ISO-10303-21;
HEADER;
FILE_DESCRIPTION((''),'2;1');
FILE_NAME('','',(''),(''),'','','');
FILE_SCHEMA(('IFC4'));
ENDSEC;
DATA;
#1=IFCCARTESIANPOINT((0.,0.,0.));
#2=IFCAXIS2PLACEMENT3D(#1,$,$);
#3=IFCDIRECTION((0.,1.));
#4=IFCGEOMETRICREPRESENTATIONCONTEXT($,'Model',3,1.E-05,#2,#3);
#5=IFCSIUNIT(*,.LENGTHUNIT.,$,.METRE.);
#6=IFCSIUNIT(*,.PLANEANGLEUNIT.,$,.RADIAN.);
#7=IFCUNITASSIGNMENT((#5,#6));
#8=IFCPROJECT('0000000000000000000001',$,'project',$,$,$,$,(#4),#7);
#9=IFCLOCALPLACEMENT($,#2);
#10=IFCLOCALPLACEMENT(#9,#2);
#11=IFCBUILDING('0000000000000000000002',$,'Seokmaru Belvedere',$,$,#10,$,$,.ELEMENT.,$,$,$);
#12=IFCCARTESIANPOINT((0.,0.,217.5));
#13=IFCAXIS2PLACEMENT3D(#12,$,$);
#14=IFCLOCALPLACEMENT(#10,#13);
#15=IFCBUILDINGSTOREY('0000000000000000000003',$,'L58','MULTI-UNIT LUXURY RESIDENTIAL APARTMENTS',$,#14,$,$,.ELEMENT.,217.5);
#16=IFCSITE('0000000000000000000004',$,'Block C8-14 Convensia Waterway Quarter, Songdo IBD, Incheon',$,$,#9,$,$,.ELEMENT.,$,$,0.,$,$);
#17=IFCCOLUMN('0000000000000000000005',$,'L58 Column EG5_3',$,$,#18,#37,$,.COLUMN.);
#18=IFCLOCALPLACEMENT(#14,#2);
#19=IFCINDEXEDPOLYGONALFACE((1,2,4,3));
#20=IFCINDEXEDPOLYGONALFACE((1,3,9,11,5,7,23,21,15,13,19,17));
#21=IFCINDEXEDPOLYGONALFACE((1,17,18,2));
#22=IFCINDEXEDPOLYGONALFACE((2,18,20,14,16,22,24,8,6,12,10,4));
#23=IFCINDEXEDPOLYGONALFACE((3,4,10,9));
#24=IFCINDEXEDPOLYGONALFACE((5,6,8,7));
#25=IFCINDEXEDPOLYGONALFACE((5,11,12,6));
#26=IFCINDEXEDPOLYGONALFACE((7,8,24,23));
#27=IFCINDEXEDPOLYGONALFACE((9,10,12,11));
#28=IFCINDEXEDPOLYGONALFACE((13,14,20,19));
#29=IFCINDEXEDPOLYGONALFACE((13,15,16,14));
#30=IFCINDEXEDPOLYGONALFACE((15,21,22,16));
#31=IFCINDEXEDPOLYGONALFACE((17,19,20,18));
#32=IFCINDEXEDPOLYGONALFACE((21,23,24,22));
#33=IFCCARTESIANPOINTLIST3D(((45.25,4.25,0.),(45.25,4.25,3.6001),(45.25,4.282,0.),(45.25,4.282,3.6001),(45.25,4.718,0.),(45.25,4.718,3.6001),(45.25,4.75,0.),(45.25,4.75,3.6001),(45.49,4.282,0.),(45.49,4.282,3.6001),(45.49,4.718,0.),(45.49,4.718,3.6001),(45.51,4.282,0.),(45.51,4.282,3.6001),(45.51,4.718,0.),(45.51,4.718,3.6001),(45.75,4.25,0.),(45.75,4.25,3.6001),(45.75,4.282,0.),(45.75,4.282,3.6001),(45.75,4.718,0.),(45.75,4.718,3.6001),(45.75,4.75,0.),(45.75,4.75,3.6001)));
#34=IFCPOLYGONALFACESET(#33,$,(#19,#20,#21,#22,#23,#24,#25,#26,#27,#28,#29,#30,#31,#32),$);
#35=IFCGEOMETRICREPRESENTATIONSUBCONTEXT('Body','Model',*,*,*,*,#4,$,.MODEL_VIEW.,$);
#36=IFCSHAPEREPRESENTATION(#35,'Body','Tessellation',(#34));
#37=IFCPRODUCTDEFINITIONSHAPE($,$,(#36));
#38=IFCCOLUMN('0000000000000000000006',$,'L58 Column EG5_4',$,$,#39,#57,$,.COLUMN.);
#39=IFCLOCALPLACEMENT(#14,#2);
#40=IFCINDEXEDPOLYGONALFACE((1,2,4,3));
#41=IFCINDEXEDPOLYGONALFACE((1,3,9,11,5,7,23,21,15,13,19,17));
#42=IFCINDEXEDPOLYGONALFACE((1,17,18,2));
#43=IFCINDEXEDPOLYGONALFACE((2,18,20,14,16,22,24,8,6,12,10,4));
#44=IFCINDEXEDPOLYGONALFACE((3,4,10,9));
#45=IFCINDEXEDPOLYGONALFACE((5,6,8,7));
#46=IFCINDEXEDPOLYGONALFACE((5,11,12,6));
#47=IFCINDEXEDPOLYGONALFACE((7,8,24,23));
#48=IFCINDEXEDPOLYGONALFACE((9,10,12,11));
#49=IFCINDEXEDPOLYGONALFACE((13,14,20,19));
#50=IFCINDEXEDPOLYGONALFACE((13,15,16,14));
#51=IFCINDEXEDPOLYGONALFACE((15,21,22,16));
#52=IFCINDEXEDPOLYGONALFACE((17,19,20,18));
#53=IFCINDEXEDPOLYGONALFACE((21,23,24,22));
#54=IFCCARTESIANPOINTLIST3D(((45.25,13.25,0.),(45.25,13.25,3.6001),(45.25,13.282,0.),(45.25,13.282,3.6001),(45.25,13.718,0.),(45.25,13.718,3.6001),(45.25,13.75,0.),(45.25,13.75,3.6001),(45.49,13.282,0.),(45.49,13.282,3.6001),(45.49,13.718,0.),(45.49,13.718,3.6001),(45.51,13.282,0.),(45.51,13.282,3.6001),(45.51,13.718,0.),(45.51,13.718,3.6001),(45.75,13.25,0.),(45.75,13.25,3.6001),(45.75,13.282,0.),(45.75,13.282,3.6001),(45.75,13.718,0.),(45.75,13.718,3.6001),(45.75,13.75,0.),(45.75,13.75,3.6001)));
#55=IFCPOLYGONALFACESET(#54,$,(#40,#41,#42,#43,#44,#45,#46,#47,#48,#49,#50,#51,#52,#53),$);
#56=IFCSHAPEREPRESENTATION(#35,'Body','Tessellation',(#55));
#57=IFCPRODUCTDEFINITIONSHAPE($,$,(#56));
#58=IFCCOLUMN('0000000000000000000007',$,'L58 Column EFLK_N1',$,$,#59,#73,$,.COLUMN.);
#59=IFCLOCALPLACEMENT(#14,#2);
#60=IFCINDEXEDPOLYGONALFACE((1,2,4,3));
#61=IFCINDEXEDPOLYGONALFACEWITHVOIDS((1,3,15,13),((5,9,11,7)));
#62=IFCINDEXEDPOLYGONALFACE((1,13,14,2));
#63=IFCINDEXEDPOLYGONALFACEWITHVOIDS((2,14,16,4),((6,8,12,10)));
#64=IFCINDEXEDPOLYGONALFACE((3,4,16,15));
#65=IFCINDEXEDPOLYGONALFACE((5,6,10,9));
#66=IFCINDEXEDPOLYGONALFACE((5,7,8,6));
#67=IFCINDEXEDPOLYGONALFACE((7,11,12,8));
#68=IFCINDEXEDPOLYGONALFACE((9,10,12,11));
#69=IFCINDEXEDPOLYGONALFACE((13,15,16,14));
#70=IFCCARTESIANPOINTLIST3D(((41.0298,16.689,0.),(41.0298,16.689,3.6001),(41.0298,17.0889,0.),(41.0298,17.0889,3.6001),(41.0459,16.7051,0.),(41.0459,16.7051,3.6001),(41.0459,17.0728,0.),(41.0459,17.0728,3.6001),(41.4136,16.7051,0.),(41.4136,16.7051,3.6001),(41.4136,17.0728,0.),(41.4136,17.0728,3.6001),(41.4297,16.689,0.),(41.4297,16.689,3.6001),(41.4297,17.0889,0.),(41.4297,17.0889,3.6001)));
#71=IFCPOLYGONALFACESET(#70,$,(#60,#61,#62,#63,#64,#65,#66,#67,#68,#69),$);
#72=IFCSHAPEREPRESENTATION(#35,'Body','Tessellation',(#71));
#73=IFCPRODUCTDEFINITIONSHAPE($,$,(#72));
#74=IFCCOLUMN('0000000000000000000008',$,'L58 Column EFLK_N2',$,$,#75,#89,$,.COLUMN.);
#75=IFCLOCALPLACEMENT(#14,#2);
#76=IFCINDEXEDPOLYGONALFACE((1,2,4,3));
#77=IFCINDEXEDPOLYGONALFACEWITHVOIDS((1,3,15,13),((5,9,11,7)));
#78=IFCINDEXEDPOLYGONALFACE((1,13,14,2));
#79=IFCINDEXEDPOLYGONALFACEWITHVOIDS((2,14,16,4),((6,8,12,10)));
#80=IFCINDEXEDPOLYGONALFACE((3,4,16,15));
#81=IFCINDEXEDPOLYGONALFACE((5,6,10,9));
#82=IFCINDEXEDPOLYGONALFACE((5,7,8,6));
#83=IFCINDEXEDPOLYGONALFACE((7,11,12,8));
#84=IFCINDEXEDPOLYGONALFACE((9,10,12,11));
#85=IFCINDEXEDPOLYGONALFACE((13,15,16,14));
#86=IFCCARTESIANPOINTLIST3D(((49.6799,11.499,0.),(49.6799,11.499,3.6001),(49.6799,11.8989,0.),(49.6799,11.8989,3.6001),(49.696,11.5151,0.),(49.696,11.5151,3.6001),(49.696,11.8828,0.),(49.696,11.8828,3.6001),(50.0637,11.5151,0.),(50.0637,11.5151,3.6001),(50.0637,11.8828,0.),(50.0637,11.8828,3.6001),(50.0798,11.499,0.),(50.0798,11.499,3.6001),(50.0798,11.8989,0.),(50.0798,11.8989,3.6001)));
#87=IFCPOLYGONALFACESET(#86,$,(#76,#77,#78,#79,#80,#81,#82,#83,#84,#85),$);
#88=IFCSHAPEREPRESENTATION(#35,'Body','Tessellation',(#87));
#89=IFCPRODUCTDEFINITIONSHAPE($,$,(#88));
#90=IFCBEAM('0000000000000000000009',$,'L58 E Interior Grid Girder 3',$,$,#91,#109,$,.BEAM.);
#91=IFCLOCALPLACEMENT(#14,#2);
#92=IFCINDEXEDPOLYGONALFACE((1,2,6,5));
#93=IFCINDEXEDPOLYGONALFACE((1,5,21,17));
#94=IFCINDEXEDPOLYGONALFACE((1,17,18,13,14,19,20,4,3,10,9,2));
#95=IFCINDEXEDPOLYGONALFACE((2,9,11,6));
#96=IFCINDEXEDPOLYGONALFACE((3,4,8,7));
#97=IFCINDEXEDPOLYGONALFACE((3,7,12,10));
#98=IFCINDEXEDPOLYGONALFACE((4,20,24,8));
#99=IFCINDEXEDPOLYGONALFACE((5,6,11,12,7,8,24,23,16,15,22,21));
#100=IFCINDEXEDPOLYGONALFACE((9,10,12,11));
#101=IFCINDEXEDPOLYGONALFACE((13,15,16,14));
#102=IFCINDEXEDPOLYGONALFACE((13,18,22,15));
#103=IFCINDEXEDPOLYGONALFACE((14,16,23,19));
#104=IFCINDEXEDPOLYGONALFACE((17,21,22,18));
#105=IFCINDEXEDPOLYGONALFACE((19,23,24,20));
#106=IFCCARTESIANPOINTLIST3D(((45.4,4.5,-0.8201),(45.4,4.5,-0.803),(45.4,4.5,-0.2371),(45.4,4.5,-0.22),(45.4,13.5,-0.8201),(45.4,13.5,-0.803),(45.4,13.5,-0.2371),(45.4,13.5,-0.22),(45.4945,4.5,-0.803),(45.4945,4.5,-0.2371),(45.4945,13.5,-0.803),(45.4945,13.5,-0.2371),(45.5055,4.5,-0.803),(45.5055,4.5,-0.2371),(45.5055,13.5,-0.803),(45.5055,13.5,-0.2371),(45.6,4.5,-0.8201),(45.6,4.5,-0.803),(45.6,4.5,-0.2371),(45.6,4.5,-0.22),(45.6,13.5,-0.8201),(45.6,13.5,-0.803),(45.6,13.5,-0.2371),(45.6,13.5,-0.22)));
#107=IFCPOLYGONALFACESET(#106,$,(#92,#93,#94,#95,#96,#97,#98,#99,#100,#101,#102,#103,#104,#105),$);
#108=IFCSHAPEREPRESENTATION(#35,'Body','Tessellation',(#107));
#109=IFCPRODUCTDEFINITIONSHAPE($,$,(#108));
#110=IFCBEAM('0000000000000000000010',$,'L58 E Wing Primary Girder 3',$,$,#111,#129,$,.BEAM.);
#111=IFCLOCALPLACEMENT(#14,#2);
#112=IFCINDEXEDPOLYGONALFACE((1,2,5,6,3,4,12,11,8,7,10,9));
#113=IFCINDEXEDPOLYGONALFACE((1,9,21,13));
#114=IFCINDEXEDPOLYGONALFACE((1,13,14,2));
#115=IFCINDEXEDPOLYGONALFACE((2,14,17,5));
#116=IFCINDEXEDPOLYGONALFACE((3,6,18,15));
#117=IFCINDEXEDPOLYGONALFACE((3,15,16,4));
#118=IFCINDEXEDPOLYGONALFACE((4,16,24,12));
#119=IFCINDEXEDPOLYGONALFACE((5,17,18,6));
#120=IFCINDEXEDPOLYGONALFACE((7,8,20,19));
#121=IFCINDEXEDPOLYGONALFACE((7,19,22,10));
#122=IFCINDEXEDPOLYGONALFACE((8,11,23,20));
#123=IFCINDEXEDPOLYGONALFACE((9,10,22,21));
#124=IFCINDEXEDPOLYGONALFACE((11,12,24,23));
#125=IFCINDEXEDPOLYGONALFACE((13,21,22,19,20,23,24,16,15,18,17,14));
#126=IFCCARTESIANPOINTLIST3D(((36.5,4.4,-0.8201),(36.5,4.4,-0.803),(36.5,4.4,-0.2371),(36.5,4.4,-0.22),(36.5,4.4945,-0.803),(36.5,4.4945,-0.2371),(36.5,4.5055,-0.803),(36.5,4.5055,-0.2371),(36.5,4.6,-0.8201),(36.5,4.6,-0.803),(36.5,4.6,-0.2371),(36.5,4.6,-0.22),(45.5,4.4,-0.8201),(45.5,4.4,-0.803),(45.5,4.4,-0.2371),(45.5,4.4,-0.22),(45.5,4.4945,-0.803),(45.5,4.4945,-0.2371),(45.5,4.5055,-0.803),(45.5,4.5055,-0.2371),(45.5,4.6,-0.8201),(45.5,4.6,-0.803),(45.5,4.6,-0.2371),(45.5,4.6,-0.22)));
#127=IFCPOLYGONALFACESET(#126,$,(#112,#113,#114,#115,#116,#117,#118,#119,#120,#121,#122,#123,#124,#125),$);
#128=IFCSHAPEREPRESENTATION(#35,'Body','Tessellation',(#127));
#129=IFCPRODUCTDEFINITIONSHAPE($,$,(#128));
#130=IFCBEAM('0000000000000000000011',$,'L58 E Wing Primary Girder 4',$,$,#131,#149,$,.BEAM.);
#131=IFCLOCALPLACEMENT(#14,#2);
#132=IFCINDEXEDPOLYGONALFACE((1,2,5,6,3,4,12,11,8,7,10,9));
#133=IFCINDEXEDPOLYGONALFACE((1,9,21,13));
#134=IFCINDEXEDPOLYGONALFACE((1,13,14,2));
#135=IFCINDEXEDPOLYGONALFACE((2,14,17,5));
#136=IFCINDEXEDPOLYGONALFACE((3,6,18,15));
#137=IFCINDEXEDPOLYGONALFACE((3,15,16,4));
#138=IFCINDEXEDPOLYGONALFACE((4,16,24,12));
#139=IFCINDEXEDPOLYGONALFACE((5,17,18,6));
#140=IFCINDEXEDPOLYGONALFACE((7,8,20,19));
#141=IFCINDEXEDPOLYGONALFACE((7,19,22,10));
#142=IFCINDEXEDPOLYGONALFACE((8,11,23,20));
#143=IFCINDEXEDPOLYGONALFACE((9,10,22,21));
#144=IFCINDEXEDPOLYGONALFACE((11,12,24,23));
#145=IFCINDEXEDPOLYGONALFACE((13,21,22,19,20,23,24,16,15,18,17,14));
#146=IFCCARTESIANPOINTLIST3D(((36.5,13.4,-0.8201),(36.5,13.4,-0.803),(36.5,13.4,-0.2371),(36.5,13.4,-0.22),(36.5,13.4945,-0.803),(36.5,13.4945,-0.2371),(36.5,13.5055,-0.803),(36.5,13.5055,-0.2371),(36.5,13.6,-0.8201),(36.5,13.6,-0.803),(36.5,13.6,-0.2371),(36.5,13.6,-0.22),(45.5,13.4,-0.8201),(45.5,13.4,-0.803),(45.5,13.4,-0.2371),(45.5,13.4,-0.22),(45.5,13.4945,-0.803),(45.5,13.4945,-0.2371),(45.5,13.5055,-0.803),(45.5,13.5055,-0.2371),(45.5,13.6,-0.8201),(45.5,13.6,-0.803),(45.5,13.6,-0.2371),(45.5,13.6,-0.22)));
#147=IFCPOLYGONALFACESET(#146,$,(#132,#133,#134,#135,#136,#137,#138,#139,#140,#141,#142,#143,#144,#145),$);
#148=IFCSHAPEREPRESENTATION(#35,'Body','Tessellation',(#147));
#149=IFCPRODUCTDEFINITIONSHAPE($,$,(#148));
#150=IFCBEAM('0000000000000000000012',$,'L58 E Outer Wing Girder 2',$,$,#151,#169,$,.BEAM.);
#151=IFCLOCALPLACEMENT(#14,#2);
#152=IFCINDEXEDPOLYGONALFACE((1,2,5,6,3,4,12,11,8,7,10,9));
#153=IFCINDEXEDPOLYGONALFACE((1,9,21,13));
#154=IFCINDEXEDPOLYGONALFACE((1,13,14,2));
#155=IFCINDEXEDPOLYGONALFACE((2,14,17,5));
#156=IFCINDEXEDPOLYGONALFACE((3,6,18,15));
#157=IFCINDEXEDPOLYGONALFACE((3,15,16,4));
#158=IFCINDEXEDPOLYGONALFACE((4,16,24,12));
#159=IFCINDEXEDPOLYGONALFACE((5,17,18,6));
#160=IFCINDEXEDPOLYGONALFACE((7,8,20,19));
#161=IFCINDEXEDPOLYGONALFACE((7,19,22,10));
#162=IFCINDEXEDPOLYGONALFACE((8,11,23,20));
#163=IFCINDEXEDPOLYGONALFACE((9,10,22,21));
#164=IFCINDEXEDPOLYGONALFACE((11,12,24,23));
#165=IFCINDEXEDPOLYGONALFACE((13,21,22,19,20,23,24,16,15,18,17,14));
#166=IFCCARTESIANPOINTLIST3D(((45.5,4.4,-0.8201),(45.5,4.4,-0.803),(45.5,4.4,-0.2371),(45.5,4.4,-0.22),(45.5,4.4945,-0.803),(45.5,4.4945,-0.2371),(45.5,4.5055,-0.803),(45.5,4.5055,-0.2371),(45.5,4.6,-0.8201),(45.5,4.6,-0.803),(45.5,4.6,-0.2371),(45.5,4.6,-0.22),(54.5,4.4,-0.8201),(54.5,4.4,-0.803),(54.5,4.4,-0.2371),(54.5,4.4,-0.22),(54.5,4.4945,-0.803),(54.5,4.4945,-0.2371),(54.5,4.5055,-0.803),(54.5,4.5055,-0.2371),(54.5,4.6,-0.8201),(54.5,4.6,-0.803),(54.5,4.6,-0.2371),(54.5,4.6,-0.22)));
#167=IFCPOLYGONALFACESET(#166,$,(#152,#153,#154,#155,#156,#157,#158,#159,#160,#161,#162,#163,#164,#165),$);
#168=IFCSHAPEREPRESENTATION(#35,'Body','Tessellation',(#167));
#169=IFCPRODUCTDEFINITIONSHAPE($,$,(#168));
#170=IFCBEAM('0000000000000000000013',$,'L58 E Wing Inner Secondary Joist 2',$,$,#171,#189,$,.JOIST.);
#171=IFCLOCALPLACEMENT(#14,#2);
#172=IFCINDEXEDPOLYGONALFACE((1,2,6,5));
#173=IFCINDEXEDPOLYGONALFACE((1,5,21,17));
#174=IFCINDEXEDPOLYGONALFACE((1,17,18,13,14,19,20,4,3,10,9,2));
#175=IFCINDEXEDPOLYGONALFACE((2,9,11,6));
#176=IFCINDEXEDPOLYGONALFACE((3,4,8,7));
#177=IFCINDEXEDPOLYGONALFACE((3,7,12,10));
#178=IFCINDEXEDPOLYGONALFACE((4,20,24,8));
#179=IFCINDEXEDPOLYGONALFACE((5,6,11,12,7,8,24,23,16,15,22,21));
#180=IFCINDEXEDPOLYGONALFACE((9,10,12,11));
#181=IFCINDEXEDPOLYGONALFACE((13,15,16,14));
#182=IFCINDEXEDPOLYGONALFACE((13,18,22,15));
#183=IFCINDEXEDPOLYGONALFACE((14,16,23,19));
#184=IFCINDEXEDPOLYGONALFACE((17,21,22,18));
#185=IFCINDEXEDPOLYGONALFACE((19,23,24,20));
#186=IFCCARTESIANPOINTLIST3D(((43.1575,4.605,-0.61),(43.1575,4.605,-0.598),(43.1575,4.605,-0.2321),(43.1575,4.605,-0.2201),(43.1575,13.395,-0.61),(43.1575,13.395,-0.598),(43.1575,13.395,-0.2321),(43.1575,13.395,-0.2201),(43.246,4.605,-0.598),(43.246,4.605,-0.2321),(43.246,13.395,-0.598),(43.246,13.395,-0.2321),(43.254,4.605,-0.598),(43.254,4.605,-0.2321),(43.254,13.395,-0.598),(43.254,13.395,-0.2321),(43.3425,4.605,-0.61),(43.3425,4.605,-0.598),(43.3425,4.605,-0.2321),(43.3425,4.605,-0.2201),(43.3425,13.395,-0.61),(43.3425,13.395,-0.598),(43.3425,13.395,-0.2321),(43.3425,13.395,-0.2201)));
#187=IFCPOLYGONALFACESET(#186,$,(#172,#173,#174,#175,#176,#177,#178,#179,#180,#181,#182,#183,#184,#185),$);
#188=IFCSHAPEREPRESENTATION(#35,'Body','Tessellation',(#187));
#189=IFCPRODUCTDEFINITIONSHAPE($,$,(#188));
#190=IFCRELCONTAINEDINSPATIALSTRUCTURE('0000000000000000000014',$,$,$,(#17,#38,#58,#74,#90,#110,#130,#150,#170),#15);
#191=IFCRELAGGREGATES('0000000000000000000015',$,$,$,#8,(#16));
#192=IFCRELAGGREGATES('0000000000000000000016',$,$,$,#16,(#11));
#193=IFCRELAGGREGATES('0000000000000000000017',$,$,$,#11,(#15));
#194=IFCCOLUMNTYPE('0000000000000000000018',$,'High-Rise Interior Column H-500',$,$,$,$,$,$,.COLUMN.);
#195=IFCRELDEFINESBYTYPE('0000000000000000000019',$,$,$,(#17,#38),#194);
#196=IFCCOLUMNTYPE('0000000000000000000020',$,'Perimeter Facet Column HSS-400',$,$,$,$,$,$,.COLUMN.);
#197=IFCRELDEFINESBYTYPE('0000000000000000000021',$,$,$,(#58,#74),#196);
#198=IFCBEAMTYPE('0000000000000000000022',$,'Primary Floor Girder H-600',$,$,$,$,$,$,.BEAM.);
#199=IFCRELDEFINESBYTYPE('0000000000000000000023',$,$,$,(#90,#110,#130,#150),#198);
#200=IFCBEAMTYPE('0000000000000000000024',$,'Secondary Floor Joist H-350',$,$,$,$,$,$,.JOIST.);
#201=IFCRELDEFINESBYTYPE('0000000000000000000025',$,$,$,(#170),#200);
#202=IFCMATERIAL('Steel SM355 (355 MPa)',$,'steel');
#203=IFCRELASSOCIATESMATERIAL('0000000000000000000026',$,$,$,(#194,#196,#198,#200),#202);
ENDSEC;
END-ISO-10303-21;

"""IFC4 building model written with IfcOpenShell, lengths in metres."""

from ifc_helpers import new_model, si_unit, direction, frame, origin, origin_2d, place, context, subcontext, project, spatial, hollow_rectangle, i_section, extrude, source, transform, mapped, material, material_profile, profile_set, type_object, type_shapes, element, save


model = new_model("IFC4")

# Units and contexts
model_context = context("Model", 3, precision=1e-05, world=origin(), true_north=direction((0.0, 1.0)))
body_context = subcontext(model_context, "Body", "Model", "MODEL_VIEW")
ifc_project = project(units=[si_unit("LENGTHUNIT", "METRE"), si_unit("PLANEANGLEUNIT", "RADIAN")], contexts=[model_context])

# Site, building, storey
site_placement = place(None, origin())
site = spatial("IfcSite", under=ifc_project, at=site_placement, Name="Block C8-14 Convensia Waterway Quarter, Songdo IBD, Incheon", CompositionType="ELEMENT", RefElevation=0.0)
building_placement = place(site_placement, origin())
building = spatial("IfcBuilding", under=site, at=building_placement, Name="Seokmaru Belvedere", CompositionType="ELEMENT")
storey_placement = place(building_placement, frame((0.0, 0.0, 217.5)))
storey = spatial("IfcBuildingStorey", under=building, at=storey_placement, Name="L58", Description="MULTI-UNIT LUXURY RESIDENTIAL APARTMENTS", CompositionType="ELEMENT", Elevation=217.5)

# Columns
ifc_material_1 = material(Name="Steel SM355 (355 MPa)", Category="steel")
ifc_material_profile_1 = material_profile(ifc_material_1, i_section(OverallWidth=0.5, OverallDepth=0.5, WebThickness=0.02, FlangeThickness=0.032, at=origin_2d()), Name="H-500x500x20x32")
ifc_profile_set_1 = profile_set([ifc_material_profile_1], Name="Steel SM355 (355 MPa)")
column_type_1 = type_object("IfcColumnType", Name="High-Rise Interior Column H-500", PredefinedType="COLUMN", material=ifc_profile_set_1)
shared_shape_1 = source(origin(), body_context, "Body", "SweptSolid", [
    extrude(i_section(OverallWidth=0.5, OverallDepth=0.5, WebThickness=0.02, FlangeThickness=0.032, at=origin_2d()), origin(), (0.0, 0.0, 1.0), 3.6001),
])
type_shapes(column_type_1, [shared_shape_1])
for number, where, z_axis, x_axis, name in (
    (1, (45.5, 4.5, 0.0), (0.0, 0.0, 1.0), (1.0, 0.0, 0.0), "L58 Column EG5_3"),
    (2, (45.5, 13.5, 0.0), (0.0, 0.0, 1.0), (1.0, 0.0, 0.0), "L58 Column EG5_4"),
):
    element("IfcColumn", number, at=place(storey_placement, frame(where, z_axis=z_axis, x_axis=x_axis)), inside=storey, type_object=column_type_1, Name=name, PredefinedType="COLUMN", context=body_context, shape_type="MappedRepresentation", body=[
        mapped(shared_shape_1, transform((0.0, 0.0, 0.0), scale=1.0)),
    ])
ifc_material_profile_2 = material_profile(ifc_material_1, hollow_rectangle(XDim=0.3999, YDim=0.3999, WallThickness=0.0161, at=origin_2d()), Name="HSS-400x400x16")
ifc_profile_set_2 = profile_set([ifc_material_profile_2], Name="Steel SM355 (355 MPa)")
column_type_2 = type_object("IfcColumnType", Name="Perimeter Facet Column HSS-400", PredefinedType="COLUMN", material=ifc_profile_set_2)
shared_shape_2 = source(origin(), body_context, "Body", "SweptSolid", [
    extrude(hollow_rectangle(XDim=0.3999, YDim=0.3999, WallThickness=0.0161, at=origin_2d()), origin(), (0.0, 0.0, 1.0), 3.6001),
])
type_shapes(column_type_2, [shared_shape_2])
for number, where, z_axis, x_axis, name in (
    (3, (41.2297, 16.8889, 0.0), (0.0, 0.0, 1.0), (1.0, 0.0, 0.0), "L58 Column EFLK_N1"),
    (4, (49.8799, 11.699, 0.0), (0.0, 0.0, 1.0), (1.0, 0.0, 0.0), "L58 Column EFLK_N2"),
):
    element("IfcColumn", number, at=place(storey_placement, frame(where, z_axis=z_axis, x_axis=x_axis)), inside=storey, type_object=column_type_2, Name=name, PredefinedType="COLUMN", context=body_context, shape_type="MappedRepresentation", body=[
        mapped(shared_shape_2, transform((0.0, 0.0, 0.0), scale=1.0)),
    ])

# Beams
ifc_material_profile_3 = material_profile(ifc_material_1, i_section(OverallWidth=0.2, OverallDepth=0.6001, WebThickness=0.011, FlangeThickness=0.0171, at=origin_2d()), Name="H-600x200x11x17")
ifc_profile_set_3 = profile_set([ifc_material_profile_3], Name="Steel SM355 (355 MPa)")
beam_type_1 = type_object("IfcBeamType", Name="Primary Floor Girder H-600", PredefinedType="BEAM", material=ifc_profile_set_3)
shared_shape_3 = source(origin(), body_context, "Body", "SweptSolid", [
    extrude(i_section(OverallWidth=0.2, OverallDepth=0.6001, WebThickness=0.011, FlangeThickness=0.0171, at=origin_2d()), origin(), (0.0, 0.0, 1.0), 9.0),
])
for number, where, z_axis, x_axis, name in (
    (5, (45.5, 4.5, -0.52), (0.0, 1.0, 0.0), (-1.0, 0.0, 0.0), "L58 E Interior Grid Girder 3"),
    (6, (36.5, 4.5, -0.52), (1.0, 0.0, 0.0), (0.0, 1.0, 0.0), "L58 E Wing Primary Girder 3"),
    (7, (36.5, 13.5, -0.52), (1.0, 0.0, 0.0), (0.0, 1.0, 0.0), "L58 E Wing Primary Girder 4"),
    (8, (45.5, 4.5, -0.52), (1.0, 0.0, 0.0), (0.0, 1.0, 0.0), "L58 E Outer Wing Girder 2"),
):
    element("IfcBeam", number, at=place(storey_placement, frame(where, z_axis=z_axis, x_axis=x_axis)), inside=storey, type_object=beam_type_1, Name=name, PredefinedType="BEAM", context=body_context, shape_type="MappedRepresentation", body=[
        mapped(shared_shape_3, transform((0.0, 0.0, 0.0), scale=1.0)),
    ])
ifc_material_profile_4 = material_profile(ifc_material_1, i_section(OverallWidth=0.1851, OverallDepth=0.3899, WebThickness=0.0081, FlangeThickness=0.012, at=origin_2d()), Name="H-390x185x8x12")
ifc_profile_set_4 = profile_set([ifc_material_profile_4], Name="Steel SM355 (355 MPa)")
beam_type_2 = type_object("IfcBeamType", Name="Secondary Floor Joist H-350", PredefinedType="JOIST", material=ifc_profile_set_4)
shared_shape_4 = source(origin(), body_context, "Body", "SweptSolid", [
    extrude(i_section(OverallWidth=0.1851, OverallDepth=0.3899, WebThickness=0.0081, FlangeThickness=0.012, at=origin_2d()), origin(), (0.0, 0.0, 1.0), 8.79),
])
type_shapes(beam_type_2, [shared_shape_4])
for number, where, z_axis, x_axis, name in (
    (9, (43.25, 4.605, -0.415), (0.0, 1.0, 0.0), (-1.0, 0.0, 0.0), "L58 E Wing Inner Secondary Joist 2"),
):
    element("IfcBeam", number, at=place(storey_placement, frame(where, z_axis=z_axis, x_axis=x_axis)), inside=storey, type_object=beam_type_2, Name=name, PredefinedType="JOIST", context=body_context, shape_type="MappedRepresentation", body=[
        mapped(shared_shape_4, transform((0.0, 0.0, 0.0), scale=1.0)),
    ])

save(model, "model.ifc")
